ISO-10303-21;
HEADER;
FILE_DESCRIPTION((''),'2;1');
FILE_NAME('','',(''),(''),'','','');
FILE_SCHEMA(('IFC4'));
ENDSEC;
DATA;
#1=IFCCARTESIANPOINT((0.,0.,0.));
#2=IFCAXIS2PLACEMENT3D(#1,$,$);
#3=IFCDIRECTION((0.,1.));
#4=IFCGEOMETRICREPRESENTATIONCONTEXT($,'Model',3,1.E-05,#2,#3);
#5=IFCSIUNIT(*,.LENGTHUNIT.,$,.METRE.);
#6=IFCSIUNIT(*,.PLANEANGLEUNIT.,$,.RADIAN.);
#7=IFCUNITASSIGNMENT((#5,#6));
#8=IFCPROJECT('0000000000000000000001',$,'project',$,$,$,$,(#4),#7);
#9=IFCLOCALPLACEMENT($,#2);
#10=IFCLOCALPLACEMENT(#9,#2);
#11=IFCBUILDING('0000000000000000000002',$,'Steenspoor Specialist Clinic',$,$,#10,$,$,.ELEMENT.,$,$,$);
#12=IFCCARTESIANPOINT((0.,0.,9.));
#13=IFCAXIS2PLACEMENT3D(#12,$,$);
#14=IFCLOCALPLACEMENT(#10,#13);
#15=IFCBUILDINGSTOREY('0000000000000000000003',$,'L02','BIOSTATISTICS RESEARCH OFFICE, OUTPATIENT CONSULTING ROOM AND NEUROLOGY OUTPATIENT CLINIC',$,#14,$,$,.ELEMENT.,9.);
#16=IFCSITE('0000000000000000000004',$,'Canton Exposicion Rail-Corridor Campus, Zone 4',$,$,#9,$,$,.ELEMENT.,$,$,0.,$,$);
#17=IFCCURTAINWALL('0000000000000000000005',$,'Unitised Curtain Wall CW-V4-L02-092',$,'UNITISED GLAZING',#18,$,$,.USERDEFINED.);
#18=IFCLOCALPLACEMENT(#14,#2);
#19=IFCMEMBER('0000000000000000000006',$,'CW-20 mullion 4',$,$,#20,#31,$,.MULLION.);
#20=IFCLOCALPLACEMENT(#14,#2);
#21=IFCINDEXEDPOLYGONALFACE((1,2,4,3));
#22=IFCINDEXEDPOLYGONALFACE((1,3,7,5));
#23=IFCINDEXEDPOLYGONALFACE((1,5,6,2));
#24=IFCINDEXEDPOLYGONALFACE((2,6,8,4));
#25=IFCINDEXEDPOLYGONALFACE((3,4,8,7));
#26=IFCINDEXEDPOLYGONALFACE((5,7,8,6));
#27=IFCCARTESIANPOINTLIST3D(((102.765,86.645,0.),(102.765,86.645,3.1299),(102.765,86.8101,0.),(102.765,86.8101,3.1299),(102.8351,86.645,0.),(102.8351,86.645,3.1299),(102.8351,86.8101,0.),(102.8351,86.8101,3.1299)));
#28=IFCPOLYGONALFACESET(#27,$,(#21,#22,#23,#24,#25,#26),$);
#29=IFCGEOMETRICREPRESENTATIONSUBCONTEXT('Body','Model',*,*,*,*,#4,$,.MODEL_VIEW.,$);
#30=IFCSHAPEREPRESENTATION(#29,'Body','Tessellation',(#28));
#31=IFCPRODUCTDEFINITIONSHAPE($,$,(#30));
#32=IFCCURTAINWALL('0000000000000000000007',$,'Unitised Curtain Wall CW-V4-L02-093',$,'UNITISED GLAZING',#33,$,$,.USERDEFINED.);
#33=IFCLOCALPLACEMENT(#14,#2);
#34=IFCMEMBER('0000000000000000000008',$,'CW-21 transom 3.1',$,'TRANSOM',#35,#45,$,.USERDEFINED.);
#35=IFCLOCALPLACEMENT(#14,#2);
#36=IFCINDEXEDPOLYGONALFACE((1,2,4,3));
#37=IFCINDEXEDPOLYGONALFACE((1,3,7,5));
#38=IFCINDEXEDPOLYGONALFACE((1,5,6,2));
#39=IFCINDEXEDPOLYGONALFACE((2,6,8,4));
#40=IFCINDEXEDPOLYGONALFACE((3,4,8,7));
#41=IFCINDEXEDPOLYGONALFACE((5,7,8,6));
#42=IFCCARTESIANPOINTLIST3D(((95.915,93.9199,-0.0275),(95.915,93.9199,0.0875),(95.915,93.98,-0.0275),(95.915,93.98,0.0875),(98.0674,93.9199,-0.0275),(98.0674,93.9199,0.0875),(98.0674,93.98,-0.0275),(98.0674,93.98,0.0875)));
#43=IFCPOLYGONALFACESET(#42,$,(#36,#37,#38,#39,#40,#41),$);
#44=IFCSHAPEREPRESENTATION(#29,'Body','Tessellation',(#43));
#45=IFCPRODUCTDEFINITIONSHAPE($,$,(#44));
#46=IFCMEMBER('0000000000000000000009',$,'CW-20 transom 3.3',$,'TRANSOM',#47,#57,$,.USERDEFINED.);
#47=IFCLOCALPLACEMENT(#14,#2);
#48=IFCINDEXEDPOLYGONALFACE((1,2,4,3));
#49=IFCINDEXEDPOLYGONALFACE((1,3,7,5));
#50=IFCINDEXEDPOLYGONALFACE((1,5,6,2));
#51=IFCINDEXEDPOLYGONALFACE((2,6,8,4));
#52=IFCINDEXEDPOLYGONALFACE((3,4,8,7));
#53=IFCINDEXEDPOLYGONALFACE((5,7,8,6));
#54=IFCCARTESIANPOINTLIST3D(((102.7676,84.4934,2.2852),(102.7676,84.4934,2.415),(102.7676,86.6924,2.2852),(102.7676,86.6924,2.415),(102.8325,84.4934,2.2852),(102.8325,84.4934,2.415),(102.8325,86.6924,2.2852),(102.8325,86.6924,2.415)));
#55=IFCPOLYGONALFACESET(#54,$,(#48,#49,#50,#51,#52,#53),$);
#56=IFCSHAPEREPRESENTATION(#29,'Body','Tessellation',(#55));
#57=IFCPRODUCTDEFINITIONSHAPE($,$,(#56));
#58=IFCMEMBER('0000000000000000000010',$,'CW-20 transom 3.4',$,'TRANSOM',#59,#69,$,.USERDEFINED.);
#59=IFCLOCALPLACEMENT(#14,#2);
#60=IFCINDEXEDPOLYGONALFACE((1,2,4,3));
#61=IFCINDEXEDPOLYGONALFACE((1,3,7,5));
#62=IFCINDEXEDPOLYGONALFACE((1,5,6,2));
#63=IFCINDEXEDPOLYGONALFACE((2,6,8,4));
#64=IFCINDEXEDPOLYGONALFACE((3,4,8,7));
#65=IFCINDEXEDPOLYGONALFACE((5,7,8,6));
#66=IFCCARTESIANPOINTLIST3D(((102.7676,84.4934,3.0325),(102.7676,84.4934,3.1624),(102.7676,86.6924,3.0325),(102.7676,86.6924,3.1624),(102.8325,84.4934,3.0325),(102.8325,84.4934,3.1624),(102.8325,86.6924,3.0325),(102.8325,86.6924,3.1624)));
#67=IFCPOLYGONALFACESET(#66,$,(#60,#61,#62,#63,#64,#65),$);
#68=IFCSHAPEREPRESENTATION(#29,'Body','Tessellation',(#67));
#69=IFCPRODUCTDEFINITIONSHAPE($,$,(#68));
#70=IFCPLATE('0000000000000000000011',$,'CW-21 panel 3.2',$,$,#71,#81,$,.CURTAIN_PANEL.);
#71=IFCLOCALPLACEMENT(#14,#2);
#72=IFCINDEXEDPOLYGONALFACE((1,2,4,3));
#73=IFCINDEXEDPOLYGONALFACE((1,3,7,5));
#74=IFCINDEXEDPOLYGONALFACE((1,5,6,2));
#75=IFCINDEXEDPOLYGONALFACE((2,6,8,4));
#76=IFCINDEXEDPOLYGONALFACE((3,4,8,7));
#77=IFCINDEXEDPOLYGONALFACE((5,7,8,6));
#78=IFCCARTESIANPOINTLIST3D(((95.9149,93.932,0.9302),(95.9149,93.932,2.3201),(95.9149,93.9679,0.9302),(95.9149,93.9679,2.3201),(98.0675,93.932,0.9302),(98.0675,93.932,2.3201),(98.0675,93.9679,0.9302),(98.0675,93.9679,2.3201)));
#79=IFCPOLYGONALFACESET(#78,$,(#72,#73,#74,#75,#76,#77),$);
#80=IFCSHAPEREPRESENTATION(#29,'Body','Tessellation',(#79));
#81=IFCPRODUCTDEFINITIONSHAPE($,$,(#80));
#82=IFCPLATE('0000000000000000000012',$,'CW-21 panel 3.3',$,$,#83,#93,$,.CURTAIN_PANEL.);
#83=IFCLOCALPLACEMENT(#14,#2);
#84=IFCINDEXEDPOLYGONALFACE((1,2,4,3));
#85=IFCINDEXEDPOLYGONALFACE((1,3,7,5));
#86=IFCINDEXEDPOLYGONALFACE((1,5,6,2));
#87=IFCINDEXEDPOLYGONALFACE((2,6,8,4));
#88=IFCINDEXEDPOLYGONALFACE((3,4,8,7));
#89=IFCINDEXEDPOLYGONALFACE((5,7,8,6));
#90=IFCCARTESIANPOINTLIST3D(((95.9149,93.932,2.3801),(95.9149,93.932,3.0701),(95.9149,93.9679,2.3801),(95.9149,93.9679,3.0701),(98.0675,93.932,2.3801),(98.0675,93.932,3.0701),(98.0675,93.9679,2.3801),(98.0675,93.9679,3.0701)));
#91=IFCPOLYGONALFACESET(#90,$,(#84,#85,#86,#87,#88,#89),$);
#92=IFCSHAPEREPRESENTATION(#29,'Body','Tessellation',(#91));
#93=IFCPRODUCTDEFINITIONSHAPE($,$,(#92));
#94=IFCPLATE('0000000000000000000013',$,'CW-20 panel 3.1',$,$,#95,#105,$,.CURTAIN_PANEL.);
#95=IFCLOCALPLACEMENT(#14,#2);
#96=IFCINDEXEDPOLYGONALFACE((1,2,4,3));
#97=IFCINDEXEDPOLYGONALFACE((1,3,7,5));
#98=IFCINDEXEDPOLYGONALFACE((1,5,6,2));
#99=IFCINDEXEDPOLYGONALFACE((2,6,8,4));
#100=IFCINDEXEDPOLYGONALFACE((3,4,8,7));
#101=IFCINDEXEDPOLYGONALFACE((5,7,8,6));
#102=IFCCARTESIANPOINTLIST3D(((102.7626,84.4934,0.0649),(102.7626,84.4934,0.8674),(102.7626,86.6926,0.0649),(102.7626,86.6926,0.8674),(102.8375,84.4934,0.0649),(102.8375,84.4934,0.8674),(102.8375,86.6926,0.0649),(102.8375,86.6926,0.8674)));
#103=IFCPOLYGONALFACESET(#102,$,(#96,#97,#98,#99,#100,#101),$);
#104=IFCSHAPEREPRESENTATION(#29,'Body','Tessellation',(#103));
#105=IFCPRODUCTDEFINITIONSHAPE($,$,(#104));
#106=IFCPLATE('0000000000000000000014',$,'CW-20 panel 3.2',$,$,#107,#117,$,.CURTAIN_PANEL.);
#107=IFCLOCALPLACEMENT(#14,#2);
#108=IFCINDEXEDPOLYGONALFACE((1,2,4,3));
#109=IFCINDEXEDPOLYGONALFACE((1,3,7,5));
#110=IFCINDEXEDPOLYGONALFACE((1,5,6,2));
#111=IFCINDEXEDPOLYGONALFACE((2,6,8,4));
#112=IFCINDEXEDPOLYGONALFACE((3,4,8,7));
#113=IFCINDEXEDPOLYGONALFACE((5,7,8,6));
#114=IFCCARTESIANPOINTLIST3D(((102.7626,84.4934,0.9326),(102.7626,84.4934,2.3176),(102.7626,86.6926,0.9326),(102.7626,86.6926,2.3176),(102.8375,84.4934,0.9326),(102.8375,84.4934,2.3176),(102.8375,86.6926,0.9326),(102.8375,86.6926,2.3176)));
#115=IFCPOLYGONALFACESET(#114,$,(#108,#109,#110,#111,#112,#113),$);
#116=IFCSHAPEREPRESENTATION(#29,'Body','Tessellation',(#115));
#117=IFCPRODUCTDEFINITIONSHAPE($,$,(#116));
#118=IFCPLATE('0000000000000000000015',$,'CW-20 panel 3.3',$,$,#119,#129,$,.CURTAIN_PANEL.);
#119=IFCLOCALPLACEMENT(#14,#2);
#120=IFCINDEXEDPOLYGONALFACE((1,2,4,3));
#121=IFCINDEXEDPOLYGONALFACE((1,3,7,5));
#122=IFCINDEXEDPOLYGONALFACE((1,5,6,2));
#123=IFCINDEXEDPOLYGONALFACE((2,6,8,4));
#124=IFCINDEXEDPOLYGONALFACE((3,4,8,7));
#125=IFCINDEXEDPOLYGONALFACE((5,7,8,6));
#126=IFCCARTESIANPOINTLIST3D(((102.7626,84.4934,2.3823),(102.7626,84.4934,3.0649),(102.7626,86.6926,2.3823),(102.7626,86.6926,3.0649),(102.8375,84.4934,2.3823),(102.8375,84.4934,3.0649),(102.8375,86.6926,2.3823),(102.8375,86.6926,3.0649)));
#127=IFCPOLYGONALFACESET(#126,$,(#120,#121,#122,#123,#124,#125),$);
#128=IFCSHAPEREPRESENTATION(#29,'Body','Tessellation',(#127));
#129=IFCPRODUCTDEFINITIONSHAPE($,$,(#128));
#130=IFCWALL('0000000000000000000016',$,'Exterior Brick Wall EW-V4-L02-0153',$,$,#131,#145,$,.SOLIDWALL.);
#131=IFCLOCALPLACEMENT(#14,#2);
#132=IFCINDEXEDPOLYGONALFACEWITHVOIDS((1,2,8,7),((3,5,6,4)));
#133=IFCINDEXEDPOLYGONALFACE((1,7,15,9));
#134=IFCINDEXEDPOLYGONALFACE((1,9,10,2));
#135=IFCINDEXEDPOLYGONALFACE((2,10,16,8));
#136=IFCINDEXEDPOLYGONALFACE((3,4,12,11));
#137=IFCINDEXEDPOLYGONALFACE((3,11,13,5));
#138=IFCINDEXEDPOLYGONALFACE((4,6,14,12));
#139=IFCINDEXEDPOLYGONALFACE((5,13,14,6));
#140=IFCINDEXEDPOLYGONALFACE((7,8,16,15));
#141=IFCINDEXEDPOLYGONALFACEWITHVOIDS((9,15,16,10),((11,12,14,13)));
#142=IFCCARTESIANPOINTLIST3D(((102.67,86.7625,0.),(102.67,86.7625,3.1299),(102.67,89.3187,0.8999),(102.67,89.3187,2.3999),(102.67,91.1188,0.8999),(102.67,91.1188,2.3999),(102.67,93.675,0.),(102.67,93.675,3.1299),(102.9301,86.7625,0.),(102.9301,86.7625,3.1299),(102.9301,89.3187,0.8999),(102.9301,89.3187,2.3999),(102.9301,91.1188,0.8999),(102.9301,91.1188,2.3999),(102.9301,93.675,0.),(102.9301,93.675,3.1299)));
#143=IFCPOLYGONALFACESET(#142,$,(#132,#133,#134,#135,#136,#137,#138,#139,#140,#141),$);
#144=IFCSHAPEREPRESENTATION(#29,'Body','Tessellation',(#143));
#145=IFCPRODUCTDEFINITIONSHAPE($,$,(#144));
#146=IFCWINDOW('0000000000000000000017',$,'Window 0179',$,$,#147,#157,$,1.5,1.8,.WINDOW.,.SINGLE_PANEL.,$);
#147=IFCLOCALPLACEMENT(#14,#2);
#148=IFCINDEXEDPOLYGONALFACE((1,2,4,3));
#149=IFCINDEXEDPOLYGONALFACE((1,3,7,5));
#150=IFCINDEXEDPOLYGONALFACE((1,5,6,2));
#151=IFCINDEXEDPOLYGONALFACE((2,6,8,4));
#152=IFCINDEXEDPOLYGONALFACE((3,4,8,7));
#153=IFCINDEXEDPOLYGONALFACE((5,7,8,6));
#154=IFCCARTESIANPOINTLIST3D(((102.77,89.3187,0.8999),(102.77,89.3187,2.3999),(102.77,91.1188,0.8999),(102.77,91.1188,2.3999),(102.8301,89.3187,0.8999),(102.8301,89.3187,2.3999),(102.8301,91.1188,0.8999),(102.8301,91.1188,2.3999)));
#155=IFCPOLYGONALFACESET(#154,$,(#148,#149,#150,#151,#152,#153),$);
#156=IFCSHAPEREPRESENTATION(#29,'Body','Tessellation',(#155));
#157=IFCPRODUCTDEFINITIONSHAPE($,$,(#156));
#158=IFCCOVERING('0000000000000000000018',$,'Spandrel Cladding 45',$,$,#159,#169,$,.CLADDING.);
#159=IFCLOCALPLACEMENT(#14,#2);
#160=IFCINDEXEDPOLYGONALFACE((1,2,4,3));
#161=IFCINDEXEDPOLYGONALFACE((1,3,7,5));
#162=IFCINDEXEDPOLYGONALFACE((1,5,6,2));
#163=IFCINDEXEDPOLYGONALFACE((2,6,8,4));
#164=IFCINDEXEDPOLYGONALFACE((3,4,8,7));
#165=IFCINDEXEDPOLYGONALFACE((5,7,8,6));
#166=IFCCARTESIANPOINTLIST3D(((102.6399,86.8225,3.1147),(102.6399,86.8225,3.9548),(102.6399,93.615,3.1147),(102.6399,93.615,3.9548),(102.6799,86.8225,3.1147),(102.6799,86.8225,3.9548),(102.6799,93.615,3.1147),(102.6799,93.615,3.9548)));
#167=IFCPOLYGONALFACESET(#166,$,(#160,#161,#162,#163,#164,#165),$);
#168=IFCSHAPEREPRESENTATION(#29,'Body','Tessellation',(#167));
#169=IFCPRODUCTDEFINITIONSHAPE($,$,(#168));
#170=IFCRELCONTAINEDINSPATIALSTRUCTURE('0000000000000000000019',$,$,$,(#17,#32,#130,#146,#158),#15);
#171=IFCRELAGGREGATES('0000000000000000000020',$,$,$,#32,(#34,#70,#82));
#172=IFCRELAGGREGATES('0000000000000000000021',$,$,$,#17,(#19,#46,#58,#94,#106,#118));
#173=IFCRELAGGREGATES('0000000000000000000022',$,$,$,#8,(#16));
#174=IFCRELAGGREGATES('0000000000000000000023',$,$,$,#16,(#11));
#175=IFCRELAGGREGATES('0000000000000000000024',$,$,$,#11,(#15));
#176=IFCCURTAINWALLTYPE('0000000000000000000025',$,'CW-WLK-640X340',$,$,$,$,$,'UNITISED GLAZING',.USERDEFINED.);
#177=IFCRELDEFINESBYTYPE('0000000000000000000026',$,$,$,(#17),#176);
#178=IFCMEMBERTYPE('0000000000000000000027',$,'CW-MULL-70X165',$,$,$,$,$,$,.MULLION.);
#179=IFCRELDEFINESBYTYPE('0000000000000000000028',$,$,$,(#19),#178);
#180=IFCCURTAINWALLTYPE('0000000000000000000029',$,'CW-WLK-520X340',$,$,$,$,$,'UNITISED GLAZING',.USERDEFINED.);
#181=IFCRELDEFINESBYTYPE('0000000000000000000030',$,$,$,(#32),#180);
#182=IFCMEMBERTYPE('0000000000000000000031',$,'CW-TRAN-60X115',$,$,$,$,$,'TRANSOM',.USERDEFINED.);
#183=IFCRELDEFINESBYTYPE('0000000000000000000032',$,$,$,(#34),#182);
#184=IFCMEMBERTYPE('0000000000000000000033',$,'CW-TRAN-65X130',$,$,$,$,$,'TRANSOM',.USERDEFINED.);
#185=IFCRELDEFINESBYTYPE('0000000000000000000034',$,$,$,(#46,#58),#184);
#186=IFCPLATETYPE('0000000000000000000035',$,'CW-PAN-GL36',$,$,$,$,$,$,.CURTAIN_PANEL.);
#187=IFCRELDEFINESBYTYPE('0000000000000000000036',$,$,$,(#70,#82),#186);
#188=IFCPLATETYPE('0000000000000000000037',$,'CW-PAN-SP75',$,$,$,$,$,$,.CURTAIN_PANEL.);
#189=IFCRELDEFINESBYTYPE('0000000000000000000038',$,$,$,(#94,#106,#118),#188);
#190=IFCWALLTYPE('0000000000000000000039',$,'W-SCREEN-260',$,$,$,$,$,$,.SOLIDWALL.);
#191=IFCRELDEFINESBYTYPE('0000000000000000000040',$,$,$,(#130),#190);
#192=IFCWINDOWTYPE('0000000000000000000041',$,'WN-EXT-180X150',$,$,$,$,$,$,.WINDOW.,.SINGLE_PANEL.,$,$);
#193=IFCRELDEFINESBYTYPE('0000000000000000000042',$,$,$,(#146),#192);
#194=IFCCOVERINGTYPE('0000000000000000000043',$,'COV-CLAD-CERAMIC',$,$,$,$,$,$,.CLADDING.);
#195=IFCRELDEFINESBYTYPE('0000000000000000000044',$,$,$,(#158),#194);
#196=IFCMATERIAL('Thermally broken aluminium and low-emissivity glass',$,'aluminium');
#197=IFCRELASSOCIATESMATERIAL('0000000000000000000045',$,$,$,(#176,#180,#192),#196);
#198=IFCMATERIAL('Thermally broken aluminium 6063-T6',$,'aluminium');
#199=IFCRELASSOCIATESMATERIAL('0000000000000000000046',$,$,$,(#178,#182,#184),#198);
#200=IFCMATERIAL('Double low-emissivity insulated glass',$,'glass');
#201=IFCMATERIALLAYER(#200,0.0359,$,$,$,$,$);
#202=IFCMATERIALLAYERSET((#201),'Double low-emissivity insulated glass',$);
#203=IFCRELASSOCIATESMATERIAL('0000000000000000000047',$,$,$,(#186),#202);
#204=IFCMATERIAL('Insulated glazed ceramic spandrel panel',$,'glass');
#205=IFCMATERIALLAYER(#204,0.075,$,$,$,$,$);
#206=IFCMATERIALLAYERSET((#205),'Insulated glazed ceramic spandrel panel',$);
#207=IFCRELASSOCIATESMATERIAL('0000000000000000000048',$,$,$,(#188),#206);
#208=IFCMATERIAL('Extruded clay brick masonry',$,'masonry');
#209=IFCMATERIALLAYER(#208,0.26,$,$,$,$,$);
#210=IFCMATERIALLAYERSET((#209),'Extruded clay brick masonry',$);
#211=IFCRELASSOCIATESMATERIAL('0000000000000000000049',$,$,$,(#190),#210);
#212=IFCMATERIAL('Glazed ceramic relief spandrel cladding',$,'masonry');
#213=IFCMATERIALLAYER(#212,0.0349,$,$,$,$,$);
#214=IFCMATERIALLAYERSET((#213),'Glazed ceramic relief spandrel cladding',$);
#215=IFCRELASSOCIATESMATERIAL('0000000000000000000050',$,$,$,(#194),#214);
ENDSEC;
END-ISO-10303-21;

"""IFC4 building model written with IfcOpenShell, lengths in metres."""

from ifc_helpers import new_model, si_unit, direction, frame, frame_2d, origin, origin_2d, place, context, subcontext, project, spatial, rectangle, extrude, material, layer, layer_set, material_profile, profile_set, type_object, element, fill, aggregate, save


model = new_model("IFC4")

# Units and contexts
model_context = context("Model", 3, precision=1e-05, world=origin(), true_north=direction((0.0, 1.0)))
body_context = subcontext(model_context, "Body", "Model", "MODEL_VIEW")
ifc_project = project(units=[si_unit("LENGTHUNIT", "METRE"), si_unit("PLANEANGLEUNIT", "RADIAN")], contexts=[model_context])

# Site, building, storey
site_placement = place(None, origin())
site = spatial("IfcSite", under=ifc_project, at=site_placement, Name="Canton Exposicion Rail-Corridor Campus, Zone 4", CompositionType="ELEMENT", RefElevation=0.0)
building_placement = place(site_placement, origin())
building = spatial("IfcBuilding", under=site, at=building_placement, Name="Steenspoor Specialist Clinic", CompositionType="ELEMENT")
storey_placement = place(building_placement, frame((0.0, 0.0, 9.0)))
storey = spatial("IfcBuildingStorey", under=building, at=storey_placement, Name="L02", Description="BIOSTATISTICS RESEARCH OFFICE, OUTPATIENT CONSULTING ROOM AND NEUROLOGY OUTPATIENT CLINIC", CompositionType="ELEMENT", Elevation=9.0)

# Curtain walls, members
ifc_material_1 = material(Name="Thermally broken aluminium and low-emissivity glass", Category="aluminium")
curtain_wall_type_1 = type_object("IfcCurtainWallType", Name="CW-WLK-640X340", ElementType="UNITISED GLAZING", PredefinedType="USERDEFINED", material=ifc_material_1)
curtain_wall_1_placement = place(storey_placement, origin())
curtain_wall_1 = element("IfcCurtainWall", 1, at=curtain_wall_1_placement, inside=storey, type_object=curtain_wall_type_1, Name="Unitised Curtain Wall CW-V4-L02-092", ObjectType="UNITISED GLAZING", PredefinedType="USERDEFINED")
ifc_material_2 = material(Name="Thermally broken aluminium 6063-T6", Category="aluminium")
ifc_material_profile_1 = material_profile(ifc_material_2, rectangle(XDim=0.0701, YDim=0.165, at=origin_2d()), Name="CWM-70X165")
ifc_profile_set_1 = profile_set([ifc_material_profile_1], Name="Thermally broken aluminium 6063-T6")
member_type_1 = type_object("IfcMemberType", Name="CW-MULL-70X165", PredefinedType="MULLION", material=ifc_profile_set_1)
member_1_placement = place(storey_placement, frame((102.8, 86.7275, 0.0), z_axis=(0.0, 0.0, 1.0), x_axis=(-1.0, 0.0, 0.0)))
member_1 = element("IfcMember", 2, at=member_1_placement, type_object=member_type_1, Name="CW-20 mullion 4", PredefinedType="MULLION", context=body_context, shape_type="SweptSolid", body=[
    extrude(rectangle(XDim=0.0701, YDim=0.165, at=origin_2d()), origin(), (0.0, 0.0, 1.0), 3.1299),
])
curtain_wall_type_2 = type_object("IfcCurtainWallType", Name="CW-WLK-520X340", ElementType="UNITISED GLAZING", PredefinedType="USERDEFINED", material=ifc_material_1)
curtain_wall_2_placement = place(storey_placement, origin())
curtain_wall_2 = element("IfcCurtainWall", 3, at=curtain_wall_2_placement, inside=storey, type_object=curtain_wall_type_2, Name="Unitised Curtain Wall CW-V4-L02-093", ObjectType="UNITISED GLAZING", PredefinedType="USERDEFINED")
ifc_material_profile_2 = material_profile(ifc_material_2, rectangle(XDim=0.0601, YDim=0.115, at=origin_2d()), Name="CWT-60X115")
ifc_profile_set_2 = profile_set([ifc_material_profile_2], Name="Thermally broken aluminium 6063-T6")
member_type_2 = type_object("IfcMemberType", Name="CW-TRAN-60X115", ElementType="TRANSOM", PredefinedType="USERDEFINED", material=ifc_profile_set_2)
member_2_placement = place(storey_placement, frame((98.0674, 93.95, 0.03), z_axis=(-1.0, 0.0, 0.0), x_axis=(0.0, -1.0, 0.0)))
member_2 = element("IfcMember", 4, at=member_2_placement, type_object=member_type_2, Name="CW-21 transom 3.1", ObjectType="TRANSOM", PredefinedType="USERDEFINED", context=body_context, shape_type="SweptSolid", body=[
    extrude(rectangle(XDim=0.0601, YDim=0.115, at=origin_2d()), origin(), (0.0, 0.0, 1.0), 2.1523),
])

# Members
ifc_material_profile_3 = material_profile(ifc_material_2, rectangle(XDim=0.0649, YDim=0.1299, at=origin_2d()), Name="CWT-65X130")
ifc_profile_set_3 = profile_set([ifc_material_profile_3], Name="Thermally broken aluminium 6063-T6")
member_type_3 = type_object("IfcMemberType", Name="CW-TRAN-65X130", ElementType="TRANSOM", PredefinedType="USERDEFINED", material=ifc_profile_set_3)
member_3_placement = place(storey_placement, frame((102.8, 84.4934, 2.3501), z_axis=(0.0, 1.0, 0.0), x_axis=(-1.0, 0.0, 0.0)))
member_3 = element("IfcMember", 5, at=member_3_placement, type_object=member_type_3, Name="CW-20 transom 3.3", ObjectType="TRANSOM", PredefinedType="USERDEFINED", context=body_context, shape_type="SweptSolid", body=[
    extrude(rectangle(XDim=0.0649, YDim=0.1299, at=origin_2d()), origin(), (0.0, 0.0, 1.0), 2.199),
])
member_4_placement = place(storey_placement, frame((102.8, 84.4934, 3.0974), z_axis=(0.0, 1.0, 0.0), x_axis=(-1.0, 0.0, 0.0)))
member_4 = element("IfcMember", 6, at=member_4_placement, type_object=member_type_3, Name="CW-20 transom 3.4", ObjectType="TRANSOM", PredefinedType="USERDEFINED", context=body_context, shape_type="SweptSolid", body=[
    extrude(rectangle(XDim=0.0649, YDim=0.1299, at=origin_2d()), origin(), (0.0, 0.0, 1.0), 2.199),
])

# Plates
ifc_material_3 = material(Name="Double low-emissivity insulated glass", Category="glass")
ifc_layer_1 = layer(ifc_material_3, 0.0359)
ifc_layer_set_1 = layer_set([ifc_layer_1], Name="Double low-emissivity insulated glass")
plate_type_1 = type_object("IfcPlateType", Name="CW-PAN-GL36", PredefinedType="CURTAIN_PANEL", material=ifc_layer_set_1)
plate_1_placement = place(storey_placement, frame((96.9912, 93.95, 0.9302), z_axis=(0.0, 0.0, 1.0), x_axis=(-1.0, 0.0, 0.0)))
plate_1 = element("IfcPlate", 7, at=plate_1_placement, type_object=plate_type_1, Name="CW-21 panel 3.2", PredefinedType="CURTAIN_PANEL", context=body_context, shape_type="SweptSolid", body=[
    extrude(rectangle(XDim=2.1526, YDim=0.0359, at=origin_2d()), origin(), (0.0, 0.0, 1.0), 1.3899),
])
plate_2_placement = place(storey_placement, frame((96.9912, 93.95, 2.3801), z_axis=(0.0, 0.0, 1.0), x_axis=(-1.0, 0.0, 0.0)))
plate_2 = element("IfcPlate", 8, at=plate_2_placement, type_object=plate_type_1, Name="CW-21 panel 3.3", PredefinedType="CURTAIN_PANEL", context=body_context, shape_type="SweptSolid", body=[
    extrude(rectangle(XDim=2.1526, YDim=0.0359, at=origin_2d()), origin(), (0.0, 0.0, 1.0), 0.6899),
])
aggregate(curtain_wall_2, [member_2, plate_1, plate_2])
ifc_material_4 = material(Name="Insulated glazed ceramic spandrel panel", Category="glass")
ifc_layer_2 = layer(ifc_material_4, 0.075)
ifc_layer_set_2 = layer_set([ifc_layer_2], Name="Insulated glazed ceramic spandrel panel")
plate_type_2 = type_object("IfcPlateType", Name="CW-PAN-SP75", PredefinedType="CURTAIN_PANEL", material=ifc_layer_set_2)
plate_3_placement = place(storey_placement, frame((102.8, 85.593, 0.0649), z_axis=(0.0, 0.0, 1.0), x_axis=(0.0, 1.0, 0.0)))
plate_3 = element("IfcPlate", 9, at=plate_3_placement, type_object=plate_type_2, Name="CW-20 panel 3.1", PredefinedType="CURTAIN_PANEL", context=body_context, shape_type="SweptSolid", body=[
    extrude(rectangle(XDim=2.1992, YDim=0.075, at=origin_2d()), origin(), (0.0, 0.0, 1.0), 0.8025),
])
plate_4_placement = place(storey_placement, frame((102.8, 85.593, 0.9326), z_axis=(0.0, 0.0, 1.0), x_axis=(0.0, 1.0, 0.0)))
plate_4 = element("IfcPlate", 10, at=plate_4_placement, type_object=plate_type_2, Name="CW-20 panel 3.2", PredefinedType="CURTAIN_PANEL", context=body_context, shape_type="SweptSolid", body=[
    extrude(rectangle(XDim=2.1992, YDim=0.075, at=origin_2d()), origin(), (0.0, 0.0, 1.0), 1.385),
])
plate_5_placement = place(storey_placement, frame((102.8, 85.593, 2.3823), z_axis=(0.0, 0.0, 1.0), x_axis=(0.0, 1.0, 0.0)))
plate_5 = element("IfcPlate", 11, at=plate_5_placement, type_object=plate_type_2, Name="CW-20 panel 3.3", PredefinedType="CURTAIN_PANEL", context=body_context, shape_type="SweptSolid", body=[
    extrude(rectangle(XDim=2.1992, YDim=0.075, at=origin_2d()), origin(), (0.0, 0.0, 1.0), 0.6826),
])
aggregate(curtain_wall_1, [member_1, member_3, member_4, plate_3, plate_4, plate_5])

# Wall, opening, window
ifc_material_5 = material(Name="Extruded clay brick masonry", Category="masonry")
ifc_layer_3 = layer(ifc_material_5, 0.26)
ifc_layer_set_3 = layer_set([ifc_layer_3], Name="Extruded clay brick masonry")
wall_type = type_object("IfcWallType", Name="W-SCREEN-260", PredefinedType="SOLIDWALL", material=ifc_layer_set_3)
wall_placement = place(storey_placement, frame((102.8, 86.7625, 0.0), z_axis=(0.0, 0.0, 1.0), x_axis=(0.0, 1.0, 0.0)))
wall = element("IfcWall", 12, at=wall_placement, inside=storey, type_object=wall_type, Name="Exterior Brick Wall EW-V4-L02-0153", PredefinedType="SOLIDWALL", context=body_context, shape_type="SweptSolid", body=[
    extrude(rectangle(XDim=6.9126, YDim=0.26, at=frame_2d((3.4563, 0.0))), origin(), (0.0, 0.0, 1.0), 3.1299),
])
opening_placement = place(wall_placement, frame((2.5564, 0.0, 0.8999)))
opening = element("IfcOpeningElement", 13, at=opening_placement, cuts=wall, PredefinedType="OPENING", context=body_context, shape_type="SweptSolid", body=[
    extrude(rectangle(XDim=1.8, YDim=1.5, at=frame_2d((0.8999, 0.75))), frame((0.0, 0.1401, 0.0), z_axis=(0.0, -1.0, 0.0), x_axis=(1.0, 0.0, 0.0)), (0.0, 0.0, 1.0), 0.28),
])
window_type = type_object("IfcWindowType", Name="WN-EXT-180X150", PartitioningType="SINGLE_PANEL", PredefinedType="WINDOW", material=ifc_material_1)
window_placement = place(opening_placement, origin())
window = element("IfcWindow", 14, at=window_placement, inside=storey, type_object=window_type, Name="Window 0179", OverallHeight=1.5, OverallWidth=1.8, PartitioningType="SINGLE_PANEL", PredefinedType="WINDOW", context=body_context, shape_type="SweptSolid", body=[
    extrude(rectangle(XDim=1.8, YDim=1.5, at=frame_2d((0.8999, 0.75))), frame((0.0, 0.03, 0.0), z_axis=(0.0, -1.0, 0.0), x_axis=(1.0, 0.0, 0.0)), (0.0, 0.0, 1.0), 0.0601),
])
fill(opening, window)

# Covering
ifc_material_6 = material(Name="Glazed ceramic relief spandrel cladding", Category="masonry")
ifc_layer_4 = layer(ifc_material_6, 0.0349)
ifc_layer_set_4 = layer_set([ifc_layer_4], Name="Glazed ceramic relief spandrel cladding")
covering_type = type_object("IfcCoveringType", Name="COV-CLAD-CERAMIC", PredefinedType="CLADDING", material=ifc_layer_set_4)
covering_placement = place(storey_placement, frame((102.6599, 90.2188, 3.1147), z_axis=(0.0, 0.0, 1.0), x_axis=(0.0, 1.0, 0.0)))
element("IfcCovering", 15, at=covering_placement, inside=storey, type_object=covering_type, Name="Spandrel Cladding 45", PredefinedType="CLADDING", context=body_context, shape_type="SweptSolid", body=[
    extrude(rectangle(XDim=6.7925, YDim=0.04, at=origin_2d()), origin(), (0.0, 0.0, 1.0), 0.8401),
])

save(model, "model.ifc")
